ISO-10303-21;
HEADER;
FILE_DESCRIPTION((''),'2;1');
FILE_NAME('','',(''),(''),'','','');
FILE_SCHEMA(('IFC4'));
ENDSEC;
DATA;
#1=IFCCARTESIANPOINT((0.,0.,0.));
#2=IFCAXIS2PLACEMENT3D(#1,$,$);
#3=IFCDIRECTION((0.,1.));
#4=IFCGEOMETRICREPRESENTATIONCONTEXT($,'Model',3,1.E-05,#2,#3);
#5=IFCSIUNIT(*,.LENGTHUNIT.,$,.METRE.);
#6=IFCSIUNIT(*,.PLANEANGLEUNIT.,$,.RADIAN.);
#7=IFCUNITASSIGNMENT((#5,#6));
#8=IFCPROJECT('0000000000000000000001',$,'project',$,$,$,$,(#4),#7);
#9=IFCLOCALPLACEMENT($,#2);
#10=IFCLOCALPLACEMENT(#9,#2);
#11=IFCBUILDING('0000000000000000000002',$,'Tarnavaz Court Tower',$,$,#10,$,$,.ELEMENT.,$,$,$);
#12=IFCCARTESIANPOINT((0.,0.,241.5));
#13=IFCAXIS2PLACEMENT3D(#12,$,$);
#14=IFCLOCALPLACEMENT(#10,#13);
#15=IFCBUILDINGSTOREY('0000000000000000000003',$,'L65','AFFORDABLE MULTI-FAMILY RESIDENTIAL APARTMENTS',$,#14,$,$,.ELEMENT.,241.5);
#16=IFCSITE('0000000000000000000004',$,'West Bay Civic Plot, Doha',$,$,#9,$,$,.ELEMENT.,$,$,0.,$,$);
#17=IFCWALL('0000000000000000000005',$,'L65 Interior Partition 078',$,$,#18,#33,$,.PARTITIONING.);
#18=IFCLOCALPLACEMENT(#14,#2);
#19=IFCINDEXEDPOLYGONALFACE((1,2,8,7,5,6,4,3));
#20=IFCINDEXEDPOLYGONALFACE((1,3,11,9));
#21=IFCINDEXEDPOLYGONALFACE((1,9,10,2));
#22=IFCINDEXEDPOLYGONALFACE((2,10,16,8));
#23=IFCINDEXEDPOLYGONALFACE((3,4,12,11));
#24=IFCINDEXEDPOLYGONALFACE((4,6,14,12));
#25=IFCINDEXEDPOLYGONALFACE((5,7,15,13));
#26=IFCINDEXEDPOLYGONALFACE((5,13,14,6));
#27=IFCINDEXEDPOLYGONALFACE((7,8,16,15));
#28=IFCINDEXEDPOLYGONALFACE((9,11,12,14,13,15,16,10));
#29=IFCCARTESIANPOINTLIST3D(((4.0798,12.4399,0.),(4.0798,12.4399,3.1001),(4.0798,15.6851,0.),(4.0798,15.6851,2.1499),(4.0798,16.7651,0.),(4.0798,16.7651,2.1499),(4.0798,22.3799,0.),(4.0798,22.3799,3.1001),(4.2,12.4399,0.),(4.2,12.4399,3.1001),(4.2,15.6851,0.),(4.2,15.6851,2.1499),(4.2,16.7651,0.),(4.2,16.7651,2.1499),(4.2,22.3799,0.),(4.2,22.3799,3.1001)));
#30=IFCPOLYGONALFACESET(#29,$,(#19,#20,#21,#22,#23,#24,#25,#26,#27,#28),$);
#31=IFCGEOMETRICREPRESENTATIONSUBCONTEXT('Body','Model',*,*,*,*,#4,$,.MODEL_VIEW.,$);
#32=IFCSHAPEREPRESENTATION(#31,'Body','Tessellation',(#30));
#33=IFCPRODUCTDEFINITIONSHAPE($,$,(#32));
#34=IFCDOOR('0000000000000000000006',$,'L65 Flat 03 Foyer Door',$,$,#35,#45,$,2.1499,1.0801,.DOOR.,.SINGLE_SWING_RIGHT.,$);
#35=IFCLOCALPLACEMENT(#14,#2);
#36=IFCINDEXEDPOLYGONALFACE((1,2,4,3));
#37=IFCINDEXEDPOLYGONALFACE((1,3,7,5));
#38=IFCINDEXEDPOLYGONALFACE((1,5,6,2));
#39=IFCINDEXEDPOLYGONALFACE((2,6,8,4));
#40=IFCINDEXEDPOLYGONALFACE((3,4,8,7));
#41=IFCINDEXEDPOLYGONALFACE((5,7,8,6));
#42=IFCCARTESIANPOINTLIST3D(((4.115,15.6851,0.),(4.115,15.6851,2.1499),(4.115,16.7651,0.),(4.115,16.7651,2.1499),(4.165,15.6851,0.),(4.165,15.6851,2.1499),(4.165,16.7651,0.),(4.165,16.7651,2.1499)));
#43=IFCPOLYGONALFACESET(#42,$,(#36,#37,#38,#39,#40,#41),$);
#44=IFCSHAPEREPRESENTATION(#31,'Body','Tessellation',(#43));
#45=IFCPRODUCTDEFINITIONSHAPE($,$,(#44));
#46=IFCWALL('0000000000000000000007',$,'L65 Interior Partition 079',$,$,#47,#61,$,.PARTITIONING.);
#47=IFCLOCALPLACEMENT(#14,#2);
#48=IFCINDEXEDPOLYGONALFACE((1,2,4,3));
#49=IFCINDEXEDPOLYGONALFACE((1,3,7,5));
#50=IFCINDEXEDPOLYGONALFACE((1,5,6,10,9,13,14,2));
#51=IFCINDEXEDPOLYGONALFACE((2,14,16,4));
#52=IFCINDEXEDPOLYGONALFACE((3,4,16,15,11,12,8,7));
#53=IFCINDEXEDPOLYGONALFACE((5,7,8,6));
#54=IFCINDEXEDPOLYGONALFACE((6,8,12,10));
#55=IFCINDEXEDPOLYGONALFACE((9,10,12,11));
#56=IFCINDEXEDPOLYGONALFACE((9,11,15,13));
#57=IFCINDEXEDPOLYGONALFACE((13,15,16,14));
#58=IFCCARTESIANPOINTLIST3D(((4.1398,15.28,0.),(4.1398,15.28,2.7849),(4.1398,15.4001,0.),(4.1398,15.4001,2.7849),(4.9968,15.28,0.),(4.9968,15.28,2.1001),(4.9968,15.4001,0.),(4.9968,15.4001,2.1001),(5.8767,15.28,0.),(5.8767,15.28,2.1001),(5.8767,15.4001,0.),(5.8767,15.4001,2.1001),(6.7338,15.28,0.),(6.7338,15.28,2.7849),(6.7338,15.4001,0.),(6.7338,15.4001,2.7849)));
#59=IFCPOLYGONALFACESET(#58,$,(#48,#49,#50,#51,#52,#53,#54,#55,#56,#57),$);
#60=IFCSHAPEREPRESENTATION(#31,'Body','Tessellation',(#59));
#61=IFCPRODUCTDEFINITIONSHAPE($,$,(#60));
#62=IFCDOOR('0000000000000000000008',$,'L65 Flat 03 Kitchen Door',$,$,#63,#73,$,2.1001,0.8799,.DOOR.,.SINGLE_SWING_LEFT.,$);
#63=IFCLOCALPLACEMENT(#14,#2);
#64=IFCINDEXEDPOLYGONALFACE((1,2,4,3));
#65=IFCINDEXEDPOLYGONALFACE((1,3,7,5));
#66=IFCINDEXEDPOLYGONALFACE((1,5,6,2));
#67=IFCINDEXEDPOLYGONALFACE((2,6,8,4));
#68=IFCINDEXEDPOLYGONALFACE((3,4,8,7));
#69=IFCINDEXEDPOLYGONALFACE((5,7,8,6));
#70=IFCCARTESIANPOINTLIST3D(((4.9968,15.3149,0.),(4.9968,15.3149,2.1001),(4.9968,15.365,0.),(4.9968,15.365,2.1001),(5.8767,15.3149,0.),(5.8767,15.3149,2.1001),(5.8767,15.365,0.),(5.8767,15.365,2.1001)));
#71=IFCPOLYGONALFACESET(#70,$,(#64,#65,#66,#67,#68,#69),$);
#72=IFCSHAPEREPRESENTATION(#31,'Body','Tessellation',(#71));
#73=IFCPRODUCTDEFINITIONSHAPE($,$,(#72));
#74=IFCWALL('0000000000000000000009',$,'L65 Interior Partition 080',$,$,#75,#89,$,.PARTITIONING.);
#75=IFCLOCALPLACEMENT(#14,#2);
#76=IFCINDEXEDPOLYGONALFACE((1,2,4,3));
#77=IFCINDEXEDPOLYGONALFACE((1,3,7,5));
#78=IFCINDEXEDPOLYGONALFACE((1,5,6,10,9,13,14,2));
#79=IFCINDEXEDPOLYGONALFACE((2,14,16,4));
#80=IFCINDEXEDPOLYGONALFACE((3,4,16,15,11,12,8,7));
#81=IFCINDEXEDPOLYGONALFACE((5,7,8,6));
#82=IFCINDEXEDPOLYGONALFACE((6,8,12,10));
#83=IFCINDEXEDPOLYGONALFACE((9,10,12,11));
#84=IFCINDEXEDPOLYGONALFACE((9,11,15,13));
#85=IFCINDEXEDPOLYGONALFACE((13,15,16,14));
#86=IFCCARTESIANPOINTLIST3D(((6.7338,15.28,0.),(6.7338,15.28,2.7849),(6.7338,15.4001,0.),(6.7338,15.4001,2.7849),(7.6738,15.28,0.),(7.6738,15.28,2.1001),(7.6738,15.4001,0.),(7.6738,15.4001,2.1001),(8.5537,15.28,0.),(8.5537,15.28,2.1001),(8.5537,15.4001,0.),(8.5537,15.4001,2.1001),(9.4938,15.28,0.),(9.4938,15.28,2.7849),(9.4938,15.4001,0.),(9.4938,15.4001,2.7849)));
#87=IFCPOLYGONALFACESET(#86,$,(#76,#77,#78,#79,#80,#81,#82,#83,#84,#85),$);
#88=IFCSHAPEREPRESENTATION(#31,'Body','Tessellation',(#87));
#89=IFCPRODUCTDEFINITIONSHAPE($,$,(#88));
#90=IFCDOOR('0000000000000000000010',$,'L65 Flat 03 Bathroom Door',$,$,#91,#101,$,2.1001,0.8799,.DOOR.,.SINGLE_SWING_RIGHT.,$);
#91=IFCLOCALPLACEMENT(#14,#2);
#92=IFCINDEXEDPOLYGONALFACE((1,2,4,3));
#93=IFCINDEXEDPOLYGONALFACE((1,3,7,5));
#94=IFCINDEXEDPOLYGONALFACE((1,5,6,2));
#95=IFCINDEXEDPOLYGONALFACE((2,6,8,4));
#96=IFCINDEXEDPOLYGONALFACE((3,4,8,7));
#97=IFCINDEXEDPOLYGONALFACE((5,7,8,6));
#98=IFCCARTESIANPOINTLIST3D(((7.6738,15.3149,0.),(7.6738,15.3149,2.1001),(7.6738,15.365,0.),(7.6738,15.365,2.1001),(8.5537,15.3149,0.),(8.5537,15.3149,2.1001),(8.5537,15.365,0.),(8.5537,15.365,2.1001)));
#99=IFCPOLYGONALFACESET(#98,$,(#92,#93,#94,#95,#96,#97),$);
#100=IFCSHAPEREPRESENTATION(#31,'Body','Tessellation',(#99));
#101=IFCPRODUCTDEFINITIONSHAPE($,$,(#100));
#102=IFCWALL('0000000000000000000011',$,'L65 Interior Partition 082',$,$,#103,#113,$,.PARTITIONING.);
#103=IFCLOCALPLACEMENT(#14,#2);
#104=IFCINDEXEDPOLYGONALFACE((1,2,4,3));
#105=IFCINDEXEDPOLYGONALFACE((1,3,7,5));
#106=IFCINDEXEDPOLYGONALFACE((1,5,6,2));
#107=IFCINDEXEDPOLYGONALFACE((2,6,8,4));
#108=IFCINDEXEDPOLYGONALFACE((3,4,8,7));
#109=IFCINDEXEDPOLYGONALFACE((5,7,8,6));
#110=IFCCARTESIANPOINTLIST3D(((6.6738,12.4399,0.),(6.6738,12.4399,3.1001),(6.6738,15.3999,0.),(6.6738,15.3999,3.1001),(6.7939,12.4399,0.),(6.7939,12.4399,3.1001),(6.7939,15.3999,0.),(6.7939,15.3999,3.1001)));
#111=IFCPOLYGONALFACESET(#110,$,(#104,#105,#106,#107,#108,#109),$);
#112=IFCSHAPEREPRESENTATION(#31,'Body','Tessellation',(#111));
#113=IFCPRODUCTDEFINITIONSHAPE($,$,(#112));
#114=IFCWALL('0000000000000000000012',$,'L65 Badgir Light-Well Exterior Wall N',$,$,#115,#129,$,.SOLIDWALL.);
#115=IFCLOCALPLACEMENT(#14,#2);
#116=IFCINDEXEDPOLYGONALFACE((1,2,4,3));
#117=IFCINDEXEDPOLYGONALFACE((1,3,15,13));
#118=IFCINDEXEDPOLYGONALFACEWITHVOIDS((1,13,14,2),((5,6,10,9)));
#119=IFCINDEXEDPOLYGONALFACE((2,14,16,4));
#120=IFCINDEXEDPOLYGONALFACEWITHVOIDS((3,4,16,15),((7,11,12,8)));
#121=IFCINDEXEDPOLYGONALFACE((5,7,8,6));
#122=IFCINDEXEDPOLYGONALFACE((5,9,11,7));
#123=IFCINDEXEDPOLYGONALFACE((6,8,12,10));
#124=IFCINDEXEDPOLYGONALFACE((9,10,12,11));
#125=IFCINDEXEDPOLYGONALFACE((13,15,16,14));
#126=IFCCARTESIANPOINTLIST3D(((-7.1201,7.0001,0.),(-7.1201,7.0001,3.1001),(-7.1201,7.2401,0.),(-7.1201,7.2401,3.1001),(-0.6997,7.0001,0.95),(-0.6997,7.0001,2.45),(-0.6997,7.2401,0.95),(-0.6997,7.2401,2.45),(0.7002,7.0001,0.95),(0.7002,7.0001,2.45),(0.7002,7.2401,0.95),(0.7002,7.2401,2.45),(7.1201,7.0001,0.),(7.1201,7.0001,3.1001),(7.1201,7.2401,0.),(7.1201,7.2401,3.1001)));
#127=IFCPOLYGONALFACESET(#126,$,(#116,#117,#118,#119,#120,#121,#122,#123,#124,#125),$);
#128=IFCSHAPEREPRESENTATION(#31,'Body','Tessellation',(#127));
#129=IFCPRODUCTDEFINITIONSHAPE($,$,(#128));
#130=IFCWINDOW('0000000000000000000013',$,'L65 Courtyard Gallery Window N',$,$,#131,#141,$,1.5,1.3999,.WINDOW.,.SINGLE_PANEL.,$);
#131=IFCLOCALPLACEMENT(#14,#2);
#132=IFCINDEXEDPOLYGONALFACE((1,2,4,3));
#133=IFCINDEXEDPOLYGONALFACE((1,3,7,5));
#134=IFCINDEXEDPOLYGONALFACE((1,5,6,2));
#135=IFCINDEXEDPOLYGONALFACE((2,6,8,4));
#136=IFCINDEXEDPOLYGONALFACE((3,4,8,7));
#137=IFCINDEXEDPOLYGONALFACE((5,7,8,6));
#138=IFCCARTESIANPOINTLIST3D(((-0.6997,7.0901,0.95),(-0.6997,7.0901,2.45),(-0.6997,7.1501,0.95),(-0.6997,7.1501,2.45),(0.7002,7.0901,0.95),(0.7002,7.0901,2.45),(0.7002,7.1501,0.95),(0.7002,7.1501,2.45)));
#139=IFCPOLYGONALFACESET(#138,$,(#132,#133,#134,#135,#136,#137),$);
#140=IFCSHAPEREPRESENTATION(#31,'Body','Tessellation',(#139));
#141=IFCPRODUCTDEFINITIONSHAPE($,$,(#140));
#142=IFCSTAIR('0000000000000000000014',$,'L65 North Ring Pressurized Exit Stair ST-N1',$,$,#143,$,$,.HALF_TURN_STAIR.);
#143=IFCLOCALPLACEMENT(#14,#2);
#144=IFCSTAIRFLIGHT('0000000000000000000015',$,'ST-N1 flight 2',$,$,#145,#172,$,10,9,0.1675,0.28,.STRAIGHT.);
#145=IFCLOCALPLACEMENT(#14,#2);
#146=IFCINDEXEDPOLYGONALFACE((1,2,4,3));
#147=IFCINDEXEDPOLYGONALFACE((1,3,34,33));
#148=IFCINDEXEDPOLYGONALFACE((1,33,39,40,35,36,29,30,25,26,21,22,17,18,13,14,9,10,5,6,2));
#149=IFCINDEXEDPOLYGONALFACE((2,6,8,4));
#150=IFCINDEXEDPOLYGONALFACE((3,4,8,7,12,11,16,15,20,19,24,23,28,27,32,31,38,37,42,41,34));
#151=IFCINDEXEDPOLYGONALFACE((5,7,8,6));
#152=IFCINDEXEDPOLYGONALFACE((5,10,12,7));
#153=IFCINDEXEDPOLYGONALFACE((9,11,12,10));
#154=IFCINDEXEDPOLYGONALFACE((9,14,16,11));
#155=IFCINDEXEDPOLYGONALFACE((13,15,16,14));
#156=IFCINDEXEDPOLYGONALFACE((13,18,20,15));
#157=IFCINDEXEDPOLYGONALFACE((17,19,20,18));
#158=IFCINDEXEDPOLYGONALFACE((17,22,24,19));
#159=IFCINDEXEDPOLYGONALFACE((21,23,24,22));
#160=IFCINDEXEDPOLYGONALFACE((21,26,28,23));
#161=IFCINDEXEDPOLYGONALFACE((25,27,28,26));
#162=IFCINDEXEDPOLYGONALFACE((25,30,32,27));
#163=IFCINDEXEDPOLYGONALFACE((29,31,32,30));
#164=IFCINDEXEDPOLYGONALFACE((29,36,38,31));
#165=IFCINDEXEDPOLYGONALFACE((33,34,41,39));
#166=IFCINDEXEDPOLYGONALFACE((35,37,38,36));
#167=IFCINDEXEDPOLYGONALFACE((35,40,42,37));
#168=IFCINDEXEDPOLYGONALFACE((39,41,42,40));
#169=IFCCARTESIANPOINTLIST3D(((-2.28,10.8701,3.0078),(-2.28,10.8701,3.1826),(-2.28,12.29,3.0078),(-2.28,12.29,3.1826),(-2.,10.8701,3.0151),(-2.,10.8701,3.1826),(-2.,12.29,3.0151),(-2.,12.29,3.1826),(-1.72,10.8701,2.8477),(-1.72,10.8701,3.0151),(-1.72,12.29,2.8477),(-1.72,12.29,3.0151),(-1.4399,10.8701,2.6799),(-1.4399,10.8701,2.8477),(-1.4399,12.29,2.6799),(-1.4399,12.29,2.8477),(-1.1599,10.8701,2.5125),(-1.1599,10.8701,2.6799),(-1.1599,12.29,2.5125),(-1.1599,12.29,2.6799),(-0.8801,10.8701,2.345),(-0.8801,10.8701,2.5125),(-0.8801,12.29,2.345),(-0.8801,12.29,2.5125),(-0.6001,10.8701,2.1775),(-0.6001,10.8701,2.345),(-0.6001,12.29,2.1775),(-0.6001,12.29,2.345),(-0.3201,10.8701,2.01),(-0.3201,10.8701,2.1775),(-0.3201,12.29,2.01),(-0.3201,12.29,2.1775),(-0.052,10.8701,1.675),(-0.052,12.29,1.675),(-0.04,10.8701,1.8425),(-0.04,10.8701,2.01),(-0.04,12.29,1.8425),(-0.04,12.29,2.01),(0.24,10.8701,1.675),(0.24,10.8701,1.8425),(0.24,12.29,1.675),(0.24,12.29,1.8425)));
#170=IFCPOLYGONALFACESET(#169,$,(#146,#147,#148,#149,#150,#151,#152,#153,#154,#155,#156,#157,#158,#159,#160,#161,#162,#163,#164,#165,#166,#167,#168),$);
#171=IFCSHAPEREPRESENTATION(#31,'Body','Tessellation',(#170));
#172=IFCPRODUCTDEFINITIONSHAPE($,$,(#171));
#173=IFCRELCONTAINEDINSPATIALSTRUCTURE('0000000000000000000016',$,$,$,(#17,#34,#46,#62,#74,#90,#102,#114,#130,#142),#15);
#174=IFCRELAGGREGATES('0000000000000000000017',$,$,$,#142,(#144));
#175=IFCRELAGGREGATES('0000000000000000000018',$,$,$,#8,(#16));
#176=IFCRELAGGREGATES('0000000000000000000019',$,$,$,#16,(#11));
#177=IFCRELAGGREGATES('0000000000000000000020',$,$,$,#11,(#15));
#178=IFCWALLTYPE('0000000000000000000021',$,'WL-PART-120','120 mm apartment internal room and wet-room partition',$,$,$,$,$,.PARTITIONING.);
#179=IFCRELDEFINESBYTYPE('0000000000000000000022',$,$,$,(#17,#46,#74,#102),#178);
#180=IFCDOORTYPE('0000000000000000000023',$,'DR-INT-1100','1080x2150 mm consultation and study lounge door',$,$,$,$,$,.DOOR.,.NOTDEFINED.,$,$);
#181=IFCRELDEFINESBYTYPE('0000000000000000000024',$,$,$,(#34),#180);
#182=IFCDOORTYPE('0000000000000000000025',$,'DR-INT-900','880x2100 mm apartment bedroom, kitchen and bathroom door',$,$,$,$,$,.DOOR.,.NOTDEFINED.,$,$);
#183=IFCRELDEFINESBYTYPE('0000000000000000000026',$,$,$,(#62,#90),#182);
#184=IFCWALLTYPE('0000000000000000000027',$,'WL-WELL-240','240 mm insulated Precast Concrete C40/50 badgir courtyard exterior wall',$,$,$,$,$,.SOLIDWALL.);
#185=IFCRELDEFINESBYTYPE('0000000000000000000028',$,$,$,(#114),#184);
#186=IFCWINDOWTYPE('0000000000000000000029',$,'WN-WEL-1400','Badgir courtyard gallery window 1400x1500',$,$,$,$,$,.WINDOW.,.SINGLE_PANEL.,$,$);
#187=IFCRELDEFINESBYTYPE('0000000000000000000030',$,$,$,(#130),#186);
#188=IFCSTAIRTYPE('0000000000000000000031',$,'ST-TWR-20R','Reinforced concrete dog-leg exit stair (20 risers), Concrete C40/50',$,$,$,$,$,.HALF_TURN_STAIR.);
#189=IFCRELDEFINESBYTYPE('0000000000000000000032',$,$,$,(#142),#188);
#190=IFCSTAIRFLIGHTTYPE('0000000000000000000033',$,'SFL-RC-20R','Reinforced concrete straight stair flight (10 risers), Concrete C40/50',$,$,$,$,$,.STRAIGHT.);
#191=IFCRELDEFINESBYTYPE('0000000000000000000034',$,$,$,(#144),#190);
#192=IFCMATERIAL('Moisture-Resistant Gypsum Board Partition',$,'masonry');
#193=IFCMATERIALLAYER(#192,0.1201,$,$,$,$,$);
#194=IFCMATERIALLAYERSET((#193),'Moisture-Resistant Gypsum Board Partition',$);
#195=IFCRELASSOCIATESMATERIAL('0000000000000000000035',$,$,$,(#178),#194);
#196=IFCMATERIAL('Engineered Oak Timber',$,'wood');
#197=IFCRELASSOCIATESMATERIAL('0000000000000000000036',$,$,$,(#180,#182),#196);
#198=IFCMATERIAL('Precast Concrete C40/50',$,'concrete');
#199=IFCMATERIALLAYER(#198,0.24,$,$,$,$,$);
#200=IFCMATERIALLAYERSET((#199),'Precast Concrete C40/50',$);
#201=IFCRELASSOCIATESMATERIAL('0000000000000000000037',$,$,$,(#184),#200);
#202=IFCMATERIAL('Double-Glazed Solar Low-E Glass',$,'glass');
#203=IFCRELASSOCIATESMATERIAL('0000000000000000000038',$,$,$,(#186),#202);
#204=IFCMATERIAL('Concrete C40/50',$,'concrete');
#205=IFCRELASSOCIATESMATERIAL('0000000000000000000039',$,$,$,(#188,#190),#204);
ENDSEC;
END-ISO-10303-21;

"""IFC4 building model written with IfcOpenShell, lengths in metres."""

from ifc_helpers import new_model, si_unit, direction, frame, frame_2d, origin, place, context, subcontext, project, spatial, polyline, rectangle, outline, extrude, material, layer, layer_set, type_object, element, fill, aggregate, save


model = new_model("IFC4")

# Units and contexts
model_context = context("Model", 3, precision=1e-05, world=origin(), true_north=direction((0.0, 1.0)))
body_context = subcontext(model_context, "Body", "Model", "MODEL_VIEW")
ifc_project = project(units=[si_unit("LENGTHUNIT", "METRE"), si_unit("PLANEANGLEUNIT", "RADIAN")], contexts=[model_context])

# Site, building, storey
site_placement = place(None, origin())
site = spatial("IfcSite", under=ifc_project, at=site_placement, Name="West Bay Civic Plot, Doha", CompositionType="ELEMENT", RefElevation=0.0)
building_placement = place(site_placement, origin())
building = spatial("IfcBuilding", under=site, at=building_placement, Name="Tarnavaz Court Tower", CompositionType="ELEMENT")
storey_placement = place(building_placement, frame((0.0, 0.0, 241.5)))
storey = spatial("IfcBuildingStorey", under=building, at=storey_placement, Name="L65", Description="AFFORDABLE MULTI-FAMILY RESIDENTIAL APARTMENTS", CompositionType="ELEMENT", Elevation=241.5)

# Walls, openings, doors
ifc_material_1 = material(Name="Moisture-Resistant Gypsum Board Partition", Category="masonry")
ifc_layer_1 = layer(ifc_material_1, 0.1201)
ifc_layer_set_1 = layer_set([ifc_layer_1], Name="Moisture-Resistant Gypsum Board Partition")
wall_type_1 = type_object("IfcWallType", Name="WL-PART-120", Description="120 mm apartment internal room and wet-room partition", PredefinedType="PARTITIONING", material=ifc_layer_set_1)
wall_1_placement = place(storey_placement, frame((4.1399, 12.4399, 0.0), z_axis=(0.0, 0.0, 1.0), x_axis=(0.0, 1.0, 0.0)))
wall_1 = element("IfcWall", 1, at=wall_1_placement, inside=storey, type_object=wall_type_1, Name="L65 Interior Partition 078", PredefinedType="PARTITIONING", context=body_context, shape_type="SweptSolid", body=[
    extrude(rectangle(XDim=9.9399, YDim=0.1201, at=frame_2d((4.97, 0.0))), origin(), (0.0, 0.0, 1.0), 3.1001),
])
opening_1_placement = place(wall_1_placement, frame((3.2451, 0.0, 0.0)))
opening_1 = element("IfcOpeningElement", 2, at=opening_1_placement, cuts=wall_1, PredefinedType="OPENING", context=body_context, shape_type="SweptSolid", body=[
    extrude(rectangle(XDim=1.0801, YDim=2.1499, at=frame_2d((0.54, 1.075))), frame((0.0, 0.0701, 0.0), z_axis=(0.0, -1.0, 0.0), x_axis=(1.0, 0.0, 0.0)), (0.0, 0.0, 1.0), 0.1401),
])
ifc_material_2 = material(Name="Engineered Oak Timber", Category="wood")
door_type_1 = type_object("IfcDoorType", Name="DR-INT-1100", Description="1080x2150 mm consultation and study lounge door", OperationType="NOTDEFINED", PredefinedType="DOOR", material=ifc_material_2)
door_1_placement = place(opening_1_placement, origin())
door_1 = element("IfcDoor", 3, at=door_1_placement, inside=storey, type_object=door_type_1, Name="L65 Flat 03 Foyer Door", OperationType="SINGLE_SWING_RIGHT", OverallHeight=2.1499, OverallWidth=1.0801, PredefinedType="DOOR", context=body_context, shape_type="SweptSolid", body=[
    extrude(rectangle(XDim=1.0801, YDim=2.1499, at=frame_2d((0.54, 1.075))), frame((0.0, 0.0249, 0.0), z_axis=(0.0, -1.0, 0.0), x_axis=(1.0, 0.0, 0.0)), (0.0, 0.0, 1.0), 0.05),
])
fill(opening_1, door_1)
wall_2_placement = place(storey_placement, frame((4.1399, 15.3401, 0.0), z_axis=(0.0, 0.0, 1.0), x_axis=(1.0, 0.0, 0.0)))
wall_2 = element("IfcWall", 4, at=wall_2_placement, inside=storey, type_object=wall_type_1, Name="L65 Interior Partition 079", PredefinedType="PARTITIONING", context=body_context, shape_type="SweptSolid", body=[
    extrude(rectangle(XDim=2.594, YDim=0.1201, at=frame_2d((1.2969, 0.0))), origin(), (0.0, 0.0, 1.0), 2.7849),
])
opening_2_placement = place(wall_2_placement, frame((0.8569, 0.0, 0.0)))
opening_2 = element("IfcOpeningElement", 5, at=opening_2_placement, cuts=wall_2, PredefinedType="OPENING", context=body_context, shape_type="SweptSolid", body=[
    extrude(rectangle(XDim=0.8799, YDim=2.1001, at=frame_2d((0.4399, 1.05))), frame((0.0, 0.0701, 0.0), z_axis=(0.0, -1.0, 0.0), x_axis=(1.0, 0.0, 0.0)), (0.0, 0.0, 1.0), 0.1401),
])
door_type_2 = type_object("IfcDoorType", Name="DR-INT-900", Description="880x2100 mm apartment bedroom, kitchen and bathroom door", OperationType="NOTDEFINED", PredefinedType="DOOR", material=ifc_material_2)
door_2_placement = place(opening_2_placement, origin())
door_2 = element("IfcDoor", 6, at=door_2_placement, inside=storey, type_object=door_type_2, Name="L65 Flat 03 Kitchen Door", OperationType="SINGLE_SWING_LEFT", OverallHeight=2.1001, OverallWidth=0.8799, PredefinedType="DOOR", context=body_context, shape_type="SweptSolid", body=[
    extrude(rectangle(XDim=0.8799, YDim=2.1001, at=frame_2d((0.4399, 1.05))), frame((0.0, 0.0249, 0.0), z_axis=(0.0, -1.0, 0.0), x_axis=(1.0, 0.0, 0.0)), (0.0, 0.0, 1.0), 0.05),
])
fill(opening_2, door_2)
wall_3_placement = place(storey_placement, frame((6.7339, 15.3401, 0.0), z_axis=(0.0, 0.0, 1.0), x_axis=(1.0, 0.0, 0.0)))
wall_3 = element("IfcWall", 7, at=wall_3_placement, inside=storey, type_object=wall_type_1, Name="L65 Interior Partition 080", PredefinedType="PARTITIONING", context=body_context, shape_type="SweptSolid", body=[
    extrude(rectangle(XDim=2.76, YDim=0.1201, at=frame_2d((1.3799, 0.0))), origin(), (0.0, 0.0, 1.0), 2.7849),
])
opening_3_placement = place(wall_3_placement, frame((0.9399, 0.0, 0.0)))
opening_3 = element("IfcOpeningElement", 8, at=opening_3_placement, cuts=wall_3, PredefinedType="OPENING", context=body_context, shape_type="SweptSolid", body=[
    extrude(rectangle(XDim=0.8799, YDim=2.1001, at=frame_2d((0.4399, 1.05))), frame((0.0, 0.0701, 0.0), z_axis=(0.0, -1.0, 0.0), x_axis=(1.0, 0.0, 0.0)), (0.0, 0.0, 1.0), 0.1401),
])
door_3_placement = place(opening_3_placement, origin())
door_3 = element("IfcDoor", 9, at=door_3_placement, inside=storey, type_object=door_type_2, Name="L65 Flat 03 Bathroom Door", OperationType="SINGLE_SWING_RIGHT", OverallHeight=2.1001, OverallWidth=0.8799, PredefinedType="DOOR", context=body_context, shape_type="SweptSolid", body=[
    extrude(rectangle(XDim=0.8799, YDim=2.1001, at=frame_2d((0.4399, 1.05))), frame((0.0, 0.0249, 0.0), z_axis=(0.0, -1.0, 0.0), x_axis=(1.0, 0.0, 0.0)), (0.0, 0.0, 1.0), 0.05),
])
fill(opening_3, door_3)

# Wall
wall_4_placement = place(storey_placement, frame((6.7339, 12.4399, 0.0), z_axis=(0.0, 0.0, 1.0), x_axis=(0.0, 1.0, 0.0)))
element("IfcWall", 10, at=wall_4_placement, inside=storey, type_object=wall_type_1, Name="L65 Interior Partition 082", PredefinedType="PARTITIONING", context=body_context, shape_type="SweptSolid", body=[
    extrude(rectangle(XDim=2.96, YDim=0.1201, at=frame_2d((1.48, 0.0))), origin(), (0.0, 0.0, 1.0), 3.1001),
])

# Wall, opening, window
ifc_material_3 = material(Name="Precast Concrete C40/50", Category="concrete")
ifc_layer_2 = layer(ifc_material_3, 0.24)
ifc_layer_set_2 = layer_set([ifc_layer_2], Name="Precast Concrete C40/50")
wall_type_2 = type_object("IfcWallType", Name="WL-WELL-240", Description="240 mm insulated Precast Concrete C40/50 badgir courtyard exterior wall", PredefinedType="SOLIDWALL", material=ifc_layer_set_2)
wall_5_placement = place(storey_placement, frame((7.1201, 7.1201, 0.0), z_axis=(0.0, 0.0, 1.0), x_axis=(-1.0, 0.0, 0.0)))
wall_5 = element("IfcWall", 11, at=wall_5_placement, inside=storey, type_object=wall_type_2, Name="L65 Badgir Light-Well Exterior Wall N", PredefinedType="SOLIDWALL", context=body_context, shape_type="SweptSolid", body=[
    extrude(rectangle(XDim=14.2402, YDim=0.24, at=frame_2d((7.1201, 0.0))), origin(), (0.0, 0.0, 1.0), 3.1001),
])
opening_4_placement = place(wall_5_placement, frame((6.4199, 0.0, 0.95)))
opening_4 = element("IfcOpeningElement", 12, at=opening_4_placement, cuts=wall_5, PredefinedType="OPENING", context=body_context, shape_type="SweptSolid", body=[
    extrude(rectangle(XDim=1.3999, YDim=1.5, at=frame_2d((0.7, 0.75))), frame((0.0, 0.1299, 0.0), z_axis=(0.0, -1.0, 0.0), x_axis=(1.0, 0.0, 0.0)), (0.0, 0.0, 1.0), 0.26),
])
ifc_material_4 = material(Name="Double-Glazed Solar Low-E Glass", Category="glass")
window_type = type_object("IfcWindowType", Name="WN-WEL-1400", Description="Badgir courtyard gallery window 1400x1500", PartitioningType="SINGLE_PANEL", PredefinedType="WINDOW", material=ifc_material_4)
window_placement = place(opening_4_placement, origin())
window = element("IfcWindow", 13, at=window_placement, inside=storey, type_object=window_type, Name="L65 Courtyard Gallery Window N", OverallHeight=1.5, OverallWidth=1.3999, PartitioningType="SINGLE_PANEL", PredefinedType="WINDOW", context=body_context, shape_type="SweptSolid", body=[
    extrude(rectangle(XDim=1.3999, YDim=1.5, at=frame_2d((0.7, 0.75))), frame((0.0, 0.03, 0.0), z_axis=(0.0, -1.0, 0.0), x_axis=(1.0, 0.0, 0.0)), (0.0, 0.0, 1.0), 0.0601),
])
fill(opening_4, window)

# Stair, stair flight
ifc_material_5 = material(Name="Concrete C40/50", Category="concrete")
stair_type = type_object("IfcStairType", Name="ST-TWR-20R", Description="Reinforced concrete dog-leg exit stair (20 risers), Concrete C40/50", PredefinedType="HALF_TURN_STAIR", material=ifc_material_5)
stair_placement = place(storey_placement, origin())
stair = element("IfcStair", 14, at=stair_placement, inside=storey, type_object=stair_type, Name="L65 North Ring Pressurized Exit Stair ST-N1", PredefinedType="HALF_TURN_STAIR")
stair_flight_type = type_object("IfcStairFlightType", Name="SFL-RC-20R", Description="Reinforced concrete straight stair flight (10 risers), Concrete C40/50", PredefinedType="STRAIGHT", material=ifc_material_5)
stair_flight_placement = place(storey_placement, frame((0.24, 11.5801, 1.675), z_axis=(0.0, 0.0, 1.0), x_axis=(-1.0, 0.0, 0.0)))
stair_flight = element("IfcStairFlight", 15, at=stair_flight_placement, type_object=stair_flight_type, Name="ST-N1 flight 2", NumberOfRisers=10, NumberOfTreads=9, PredefinedType="STRAIGHT", RiserHeight=0.1675, TreadLength=0.28, context=body_context, shape_type="SweptSolid", body=[
    extrude(outline(polyline([(0.0, 0.0), (0.0, 0.1675), (0.28, 0.1675), (0.28, 0.335), (0.5601, 0.335), (0.5601, 0.5024), (0.8401, 0.5024), (0.8401, 0.6699), (1.1201, 0.6699), (1.1201, 0.8374), (1.3999, 0.8374), (1.3999, 1.0049), (1.6799, 1.0049), (1.6799, 1.1726), (1.96, 1.1726), (1.96, 1.3401), (2.24, 1.3401), (2.24, 1.5076), (2.52, 1.5076), (2.52, 1.675), (2.52, 1.3328), (0.292, 0.0), (0.0, 0.0)])), frame((0.0, 0.71, 0.0), z_axis=(0.0, -1.0, 0.0), x_axis=(1.0, 0.0, 0.0)), (0.0, 0.0, 1.0), 1.4199),
])
aggregate(stair, [stair_flight])

save(model, "model.ifc")
